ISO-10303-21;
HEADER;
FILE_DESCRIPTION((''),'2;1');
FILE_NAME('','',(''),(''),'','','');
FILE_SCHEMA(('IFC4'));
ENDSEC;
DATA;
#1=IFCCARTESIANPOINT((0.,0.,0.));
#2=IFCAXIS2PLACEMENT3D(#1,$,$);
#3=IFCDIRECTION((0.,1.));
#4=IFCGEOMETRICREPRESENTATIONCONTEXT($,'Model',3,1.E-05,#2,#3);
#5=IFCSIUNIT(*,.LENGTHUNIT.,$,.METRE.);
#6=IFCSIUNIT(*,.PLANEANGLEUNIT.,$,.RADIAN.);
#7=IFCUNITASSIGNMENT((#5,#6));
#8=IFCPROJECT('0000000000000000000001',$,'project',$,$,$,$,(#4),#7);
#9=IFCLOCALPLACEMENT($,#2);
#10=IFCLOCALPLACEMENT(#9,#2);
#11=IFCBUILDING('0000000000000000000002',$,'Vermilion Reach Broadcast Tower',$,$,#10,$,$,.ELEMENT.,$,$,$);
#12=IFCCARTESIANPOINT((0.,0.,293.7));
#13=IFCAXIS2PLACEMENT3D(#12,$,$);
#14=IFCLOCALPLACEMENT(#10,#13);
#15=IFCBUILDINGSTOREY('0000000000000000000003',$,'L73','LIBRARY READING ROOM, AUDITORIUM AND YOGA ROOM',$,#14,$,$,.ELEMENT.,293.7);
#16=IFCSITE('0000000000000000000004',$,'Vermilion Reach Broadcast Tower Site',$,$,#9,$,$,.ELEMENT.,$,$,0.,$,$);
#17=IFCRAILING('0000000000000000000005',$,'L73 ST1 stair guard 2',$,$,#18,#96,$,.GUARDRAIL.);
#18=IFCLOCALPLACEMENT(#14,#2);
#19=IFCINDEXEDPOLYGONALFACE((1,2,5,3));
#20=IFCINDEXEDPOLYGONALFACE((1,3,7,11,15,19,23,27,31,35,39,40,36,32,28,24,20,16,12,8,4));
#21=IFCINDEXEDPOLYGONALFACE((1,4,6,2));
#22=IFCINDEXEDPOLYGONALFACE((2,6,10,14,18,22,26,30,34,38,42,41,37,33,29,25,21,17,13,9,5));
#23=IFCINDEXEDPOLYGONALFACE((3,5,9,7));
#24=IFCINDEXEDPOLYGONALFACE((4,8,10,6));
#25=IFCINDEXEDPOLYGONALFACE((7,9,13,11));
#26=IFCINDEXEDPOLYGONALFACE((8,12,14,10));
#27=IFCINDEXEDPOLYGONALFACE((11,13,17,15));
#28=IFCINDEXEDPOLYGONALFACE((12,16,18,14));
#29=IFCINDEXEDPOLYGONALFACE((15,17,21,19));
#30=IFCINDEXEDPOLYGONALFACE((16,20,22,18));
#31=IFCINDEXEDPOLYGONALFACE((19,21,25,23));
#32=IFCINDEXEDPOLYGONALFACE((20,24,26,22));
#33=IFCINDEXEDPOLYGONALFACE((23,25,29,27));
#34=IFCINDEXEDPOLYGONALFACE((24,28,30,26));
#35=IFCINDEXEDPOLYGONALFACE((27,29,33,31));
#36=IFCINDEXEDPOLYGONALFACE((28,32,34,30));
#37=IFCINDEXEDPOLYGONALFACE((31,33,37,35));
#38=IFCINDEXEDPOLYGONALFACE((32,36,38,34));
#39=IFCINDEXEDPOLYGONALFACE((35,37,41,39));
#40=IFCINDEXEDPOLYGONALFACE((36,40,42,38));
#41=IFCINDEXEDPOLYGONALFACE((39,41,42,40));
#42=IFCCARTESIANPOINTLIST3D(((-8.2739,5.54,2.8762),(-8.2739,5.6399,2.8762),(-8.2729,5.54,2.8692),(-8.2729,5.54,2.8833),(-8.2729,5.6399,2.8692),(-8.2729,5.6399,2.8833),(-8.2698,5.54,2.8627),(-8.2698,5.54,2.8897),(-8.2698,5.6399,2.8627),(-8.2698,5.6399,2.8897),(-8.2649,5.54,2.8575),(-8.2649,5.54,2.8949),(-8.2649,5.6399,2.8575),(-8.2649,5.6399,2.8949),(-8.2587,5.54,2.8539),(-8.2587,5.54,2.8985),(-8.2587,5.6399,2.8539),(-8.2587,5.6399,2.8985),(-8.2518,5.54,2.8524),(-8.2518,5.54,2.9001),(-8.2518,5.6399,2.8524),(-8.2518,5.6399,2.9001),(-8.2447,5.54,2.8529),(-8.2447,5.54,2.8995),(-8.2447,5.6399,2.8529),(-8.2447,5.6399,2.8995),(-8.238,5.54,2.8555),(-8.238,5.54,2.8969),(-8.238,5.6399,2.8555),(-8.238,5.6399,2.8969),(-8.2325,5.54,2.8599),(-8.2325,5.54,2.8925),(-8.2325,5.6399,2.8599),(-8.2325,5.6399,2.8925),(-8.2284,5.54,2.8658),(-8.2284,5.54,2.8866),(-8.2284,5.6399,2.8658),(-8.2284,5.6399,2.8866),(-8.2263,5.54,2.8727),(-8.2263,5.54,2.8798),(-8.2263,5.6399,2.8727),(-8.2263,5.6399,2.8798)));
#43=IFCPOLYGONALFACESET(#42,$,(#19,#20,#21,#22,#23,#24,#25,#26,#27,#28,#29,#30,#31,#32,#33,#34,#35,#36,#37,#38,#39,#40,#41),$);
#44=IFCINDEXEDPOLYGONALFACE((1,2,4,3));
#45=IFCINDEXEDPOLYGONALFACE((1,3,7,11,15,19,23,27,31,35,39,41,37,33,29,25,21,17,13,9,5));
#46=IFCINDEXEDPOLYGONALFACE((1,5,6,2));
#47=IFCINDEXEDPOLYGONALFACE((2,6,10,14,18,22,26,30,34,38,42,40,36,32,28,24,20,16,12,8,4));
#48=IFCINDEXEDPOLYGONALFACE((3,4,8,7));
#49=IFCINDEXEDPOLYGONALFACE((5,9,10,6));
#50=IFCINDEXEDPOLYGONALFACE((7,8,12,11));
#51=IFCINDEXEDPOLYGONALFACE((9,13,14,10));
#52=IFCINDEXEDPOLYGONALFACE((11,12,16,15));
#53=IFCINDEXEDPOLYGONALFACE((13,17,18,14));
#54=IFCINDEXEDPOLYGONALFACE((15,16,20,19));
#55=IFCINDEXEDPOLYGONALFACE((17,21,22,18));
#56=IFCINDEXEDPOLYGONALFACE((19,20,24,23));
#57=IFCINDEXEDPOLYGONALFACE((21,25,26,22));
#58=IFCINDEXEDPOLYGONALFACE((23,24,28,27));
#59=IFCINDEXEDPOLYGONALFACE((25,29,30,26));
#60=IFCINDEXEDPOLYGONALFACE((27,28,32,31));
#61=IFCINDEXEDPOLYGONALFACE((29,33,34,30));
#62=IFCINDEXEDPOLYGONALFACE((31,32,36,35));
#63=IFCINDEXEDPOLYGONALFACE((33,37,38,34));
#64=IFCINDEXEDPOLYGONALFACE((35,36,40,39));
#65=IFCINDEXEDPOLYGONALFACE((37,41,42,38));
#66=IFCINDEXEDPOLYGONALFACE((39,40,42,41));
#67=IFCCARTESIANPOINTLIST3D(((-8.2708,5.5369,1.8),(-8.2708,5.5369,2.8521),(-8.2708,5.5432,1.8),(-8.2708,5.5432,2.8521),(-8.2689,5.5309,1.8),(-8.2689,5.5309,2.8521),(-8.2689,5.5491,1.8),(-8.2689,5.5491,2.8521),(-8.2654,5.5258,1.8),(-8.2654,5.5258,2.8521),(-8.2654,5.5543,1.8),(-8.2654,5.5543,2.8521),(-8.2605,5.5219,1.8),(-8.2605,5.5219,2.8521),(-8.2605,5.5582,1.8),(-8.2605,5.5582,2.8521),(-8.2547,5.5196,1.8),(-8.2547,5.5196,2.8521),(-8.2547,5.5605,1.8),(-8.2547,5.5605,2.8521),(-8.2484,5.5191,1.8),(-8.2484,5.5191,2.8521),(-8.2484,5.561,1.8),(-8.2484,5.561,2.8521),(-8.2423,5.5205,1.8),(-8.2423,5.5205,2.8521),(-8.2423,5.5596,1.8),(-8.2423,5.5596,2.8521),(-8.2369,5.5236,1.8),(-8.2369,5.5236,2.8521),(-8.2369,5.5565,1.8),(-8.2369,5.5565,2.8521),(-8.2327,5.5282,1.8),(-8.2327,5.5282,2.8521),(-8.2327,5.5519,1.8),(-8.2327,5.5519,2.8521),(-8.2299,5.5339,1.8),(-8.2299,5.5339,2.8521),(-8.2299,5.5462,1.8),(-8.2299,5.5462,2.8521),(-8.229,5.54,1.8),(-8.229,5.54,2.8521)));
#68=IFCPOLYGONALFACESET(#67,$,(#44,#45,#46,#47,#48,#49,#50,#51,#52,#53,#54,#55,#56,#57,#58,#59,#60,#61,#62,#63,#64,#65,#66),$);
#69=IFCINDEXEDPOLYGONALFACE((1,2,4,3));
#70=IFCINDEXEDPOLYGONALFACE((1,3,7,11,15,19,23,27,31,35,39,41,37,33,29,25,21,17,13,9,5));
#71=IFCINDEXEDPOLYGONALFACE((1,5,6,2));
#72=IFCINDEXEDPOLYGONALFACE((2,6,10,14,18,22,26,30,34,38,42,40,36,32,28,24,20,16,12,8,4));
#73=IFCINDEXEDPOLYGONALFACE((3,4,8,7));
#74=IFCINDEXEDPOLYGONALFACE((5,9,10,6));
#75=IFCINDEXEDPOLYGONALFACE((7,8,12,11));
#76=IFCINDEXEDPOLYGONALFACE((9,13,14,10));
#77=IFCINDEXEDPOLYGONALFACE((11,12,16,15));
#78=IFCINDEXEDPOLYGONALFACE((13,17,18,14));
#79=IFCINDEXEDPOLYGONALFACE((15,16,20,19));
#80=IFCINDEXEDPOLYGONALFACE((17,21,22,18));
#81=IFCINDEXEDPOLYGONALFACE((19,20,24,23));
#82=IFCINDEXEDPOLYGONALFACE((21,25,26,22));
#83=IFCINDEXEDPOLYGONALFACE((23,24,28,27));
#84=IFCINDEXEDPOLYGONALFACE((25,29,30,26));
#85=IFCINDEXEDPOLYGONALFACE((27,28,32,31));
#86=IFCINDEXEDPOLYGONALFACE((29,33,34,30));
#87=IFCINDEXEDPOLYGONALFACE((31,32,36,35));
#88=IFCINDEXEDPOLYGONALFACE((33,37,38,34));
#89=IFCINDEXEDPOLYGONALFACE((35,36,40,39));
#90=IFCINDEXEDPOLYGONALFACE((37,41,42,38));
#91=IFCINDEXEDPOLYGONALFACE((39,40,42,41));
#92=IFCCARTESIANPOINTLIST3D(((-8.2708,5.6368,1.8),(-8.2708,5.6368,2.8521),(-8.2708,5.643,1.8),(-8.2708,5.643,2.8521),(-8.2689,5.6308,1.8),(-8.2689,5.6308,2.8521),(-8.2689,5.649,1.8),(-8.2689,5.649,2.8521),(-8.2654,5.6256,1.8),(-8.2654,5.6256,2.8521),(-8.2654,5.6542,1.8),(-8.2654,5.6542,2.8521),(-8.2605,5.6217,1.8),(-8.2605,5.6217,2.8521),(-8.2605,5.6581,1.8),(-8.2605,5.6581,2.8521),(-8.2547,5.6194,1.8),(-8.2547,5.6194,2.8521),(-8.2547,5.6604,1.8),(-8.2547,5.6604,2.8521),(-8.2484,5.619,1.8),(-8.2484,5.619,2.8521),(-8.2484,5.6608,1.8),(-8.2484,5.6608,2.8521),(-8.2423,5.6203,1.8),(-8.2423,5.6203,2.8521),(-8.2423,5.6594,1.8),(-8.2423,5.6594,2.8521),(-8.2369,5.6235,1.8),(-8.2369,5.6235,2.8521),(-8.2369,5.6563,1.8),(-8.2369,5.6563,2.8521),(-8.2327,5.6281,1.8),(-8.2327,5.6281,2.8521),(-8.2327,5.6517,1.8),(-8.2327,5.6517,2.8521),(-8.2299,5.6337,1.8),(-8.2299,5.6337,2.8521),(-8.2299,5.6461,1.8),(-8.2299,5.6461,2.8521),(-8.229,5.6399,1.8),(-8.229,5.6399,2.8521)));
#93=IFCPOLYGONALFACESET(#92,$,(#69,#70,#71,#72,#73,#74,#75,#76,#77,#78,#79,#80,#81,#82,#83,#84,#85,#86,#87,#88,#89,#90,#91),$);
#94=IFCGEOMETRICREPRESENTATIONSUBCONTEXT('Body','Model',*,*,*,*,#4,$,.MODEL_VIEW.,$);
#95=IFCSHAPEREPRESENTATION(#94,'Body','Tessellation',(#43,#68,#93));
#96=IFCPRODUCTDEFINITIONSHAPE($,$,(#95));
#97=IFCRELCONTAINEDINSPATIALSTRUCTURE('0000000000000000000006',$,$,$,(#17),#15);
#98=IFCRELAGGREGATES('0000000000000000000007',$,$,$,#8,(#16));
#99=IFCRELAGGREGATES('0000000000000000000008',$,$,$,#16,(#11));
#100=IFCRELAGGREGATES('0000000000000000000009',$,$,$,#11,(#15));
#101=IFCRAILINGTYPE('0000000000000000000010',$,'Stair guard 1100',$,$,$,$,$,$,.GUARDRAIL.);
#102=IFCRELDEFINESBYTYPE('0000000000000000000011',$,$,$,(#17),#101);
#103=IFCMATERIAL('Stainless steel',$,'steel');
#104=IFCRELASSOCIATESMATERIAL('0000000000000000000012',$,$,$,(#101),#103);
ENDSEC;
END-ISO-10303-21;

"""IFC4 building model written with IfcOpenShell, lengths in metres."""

from ifc_helpers import new_model, si_unit, direction, frame, origin, origin_2d, place, context, subcontext, project, spatial, circle, extrude, material, type_object, element, save


model = new_model("IFC4")

# Units and contexts
model_context = context("Model", 3, precision=1e-05, world=origin(), true_north=direction((0.0, 1.0)))
body_context = subcontext(model_context, "Body", "Model", "MODEL_VIEW")
ifc_project = project(units=[si_unit("LENGTHUNIT", "METRE"), si_unit("PLANEANGLEUNIT", "RADIAN")], contexts=[model_context])

# Site, building, storey
site_placement = place(None, origin())
site = spatial("IfcSite", under=ifc_project, at=site_placement, Name="Vermilion Reach Broadcast Tower Site", CompositionType="ELEMENT", RefElevation=0.0)
building_placement = place(site_placement, origin())
building = spatial("IfcBuilding", under=site, at=building_placement, Name="Vermilion Reach Broadcast Tower", CompositionType="ELEMENT")
storey_placement = place(building_placement, frame((0.0, 0.0, 293.7)))
storey = spatial("IfcBuildingStorey", under=building, at=storey_placement, Name="L73", Description="LIBRARY READING ROOM, AUDITORIUM AND YOGA ROOM", CompositionType="ELEMENT", Elevation=293.7)

# Railing
ifc_material_1 = material(Name="Stainless steel", Category="steel")
railing_type_1 = type_object("IfcRailingType", Name="Stair guard 1100", PredefinedType="GUARDRAIL", material=ifc_material_1)
railing_1_placement = place(storey_placement, frame((-8.25, 5.54, 1.8)))
element("IfcRailing", 1, at=railing_1_placement, inside=storey, type_object=railing_type_1, Name="L73 ST1 stair guard 2", PredefinedType="GUARDRAIL", context=body_context, shape_type="SweptSolid", body=[
    extrude(circle(Radius=0.0239, at=origin_2d()), frame((0.0, 0.0, 1.0762), z_axis=(0.0, 1.0, 0.0), x_axis=(-1.0, 0.0, 0.0)), (0.0, 0.0, 1.0), 0.0999),
    extrude(circle(Radius=0.021, at=origin_2d()), origin(), (0.0, 0.0, 1.0), 1.052),
    extrude(circle(Radius=0.021, at=origin_2d()), frame((0.0, 0.0999, 0.0)), (0.0, 0.0, 1.0), 1.052),
])

save(model, "model.ifc")
